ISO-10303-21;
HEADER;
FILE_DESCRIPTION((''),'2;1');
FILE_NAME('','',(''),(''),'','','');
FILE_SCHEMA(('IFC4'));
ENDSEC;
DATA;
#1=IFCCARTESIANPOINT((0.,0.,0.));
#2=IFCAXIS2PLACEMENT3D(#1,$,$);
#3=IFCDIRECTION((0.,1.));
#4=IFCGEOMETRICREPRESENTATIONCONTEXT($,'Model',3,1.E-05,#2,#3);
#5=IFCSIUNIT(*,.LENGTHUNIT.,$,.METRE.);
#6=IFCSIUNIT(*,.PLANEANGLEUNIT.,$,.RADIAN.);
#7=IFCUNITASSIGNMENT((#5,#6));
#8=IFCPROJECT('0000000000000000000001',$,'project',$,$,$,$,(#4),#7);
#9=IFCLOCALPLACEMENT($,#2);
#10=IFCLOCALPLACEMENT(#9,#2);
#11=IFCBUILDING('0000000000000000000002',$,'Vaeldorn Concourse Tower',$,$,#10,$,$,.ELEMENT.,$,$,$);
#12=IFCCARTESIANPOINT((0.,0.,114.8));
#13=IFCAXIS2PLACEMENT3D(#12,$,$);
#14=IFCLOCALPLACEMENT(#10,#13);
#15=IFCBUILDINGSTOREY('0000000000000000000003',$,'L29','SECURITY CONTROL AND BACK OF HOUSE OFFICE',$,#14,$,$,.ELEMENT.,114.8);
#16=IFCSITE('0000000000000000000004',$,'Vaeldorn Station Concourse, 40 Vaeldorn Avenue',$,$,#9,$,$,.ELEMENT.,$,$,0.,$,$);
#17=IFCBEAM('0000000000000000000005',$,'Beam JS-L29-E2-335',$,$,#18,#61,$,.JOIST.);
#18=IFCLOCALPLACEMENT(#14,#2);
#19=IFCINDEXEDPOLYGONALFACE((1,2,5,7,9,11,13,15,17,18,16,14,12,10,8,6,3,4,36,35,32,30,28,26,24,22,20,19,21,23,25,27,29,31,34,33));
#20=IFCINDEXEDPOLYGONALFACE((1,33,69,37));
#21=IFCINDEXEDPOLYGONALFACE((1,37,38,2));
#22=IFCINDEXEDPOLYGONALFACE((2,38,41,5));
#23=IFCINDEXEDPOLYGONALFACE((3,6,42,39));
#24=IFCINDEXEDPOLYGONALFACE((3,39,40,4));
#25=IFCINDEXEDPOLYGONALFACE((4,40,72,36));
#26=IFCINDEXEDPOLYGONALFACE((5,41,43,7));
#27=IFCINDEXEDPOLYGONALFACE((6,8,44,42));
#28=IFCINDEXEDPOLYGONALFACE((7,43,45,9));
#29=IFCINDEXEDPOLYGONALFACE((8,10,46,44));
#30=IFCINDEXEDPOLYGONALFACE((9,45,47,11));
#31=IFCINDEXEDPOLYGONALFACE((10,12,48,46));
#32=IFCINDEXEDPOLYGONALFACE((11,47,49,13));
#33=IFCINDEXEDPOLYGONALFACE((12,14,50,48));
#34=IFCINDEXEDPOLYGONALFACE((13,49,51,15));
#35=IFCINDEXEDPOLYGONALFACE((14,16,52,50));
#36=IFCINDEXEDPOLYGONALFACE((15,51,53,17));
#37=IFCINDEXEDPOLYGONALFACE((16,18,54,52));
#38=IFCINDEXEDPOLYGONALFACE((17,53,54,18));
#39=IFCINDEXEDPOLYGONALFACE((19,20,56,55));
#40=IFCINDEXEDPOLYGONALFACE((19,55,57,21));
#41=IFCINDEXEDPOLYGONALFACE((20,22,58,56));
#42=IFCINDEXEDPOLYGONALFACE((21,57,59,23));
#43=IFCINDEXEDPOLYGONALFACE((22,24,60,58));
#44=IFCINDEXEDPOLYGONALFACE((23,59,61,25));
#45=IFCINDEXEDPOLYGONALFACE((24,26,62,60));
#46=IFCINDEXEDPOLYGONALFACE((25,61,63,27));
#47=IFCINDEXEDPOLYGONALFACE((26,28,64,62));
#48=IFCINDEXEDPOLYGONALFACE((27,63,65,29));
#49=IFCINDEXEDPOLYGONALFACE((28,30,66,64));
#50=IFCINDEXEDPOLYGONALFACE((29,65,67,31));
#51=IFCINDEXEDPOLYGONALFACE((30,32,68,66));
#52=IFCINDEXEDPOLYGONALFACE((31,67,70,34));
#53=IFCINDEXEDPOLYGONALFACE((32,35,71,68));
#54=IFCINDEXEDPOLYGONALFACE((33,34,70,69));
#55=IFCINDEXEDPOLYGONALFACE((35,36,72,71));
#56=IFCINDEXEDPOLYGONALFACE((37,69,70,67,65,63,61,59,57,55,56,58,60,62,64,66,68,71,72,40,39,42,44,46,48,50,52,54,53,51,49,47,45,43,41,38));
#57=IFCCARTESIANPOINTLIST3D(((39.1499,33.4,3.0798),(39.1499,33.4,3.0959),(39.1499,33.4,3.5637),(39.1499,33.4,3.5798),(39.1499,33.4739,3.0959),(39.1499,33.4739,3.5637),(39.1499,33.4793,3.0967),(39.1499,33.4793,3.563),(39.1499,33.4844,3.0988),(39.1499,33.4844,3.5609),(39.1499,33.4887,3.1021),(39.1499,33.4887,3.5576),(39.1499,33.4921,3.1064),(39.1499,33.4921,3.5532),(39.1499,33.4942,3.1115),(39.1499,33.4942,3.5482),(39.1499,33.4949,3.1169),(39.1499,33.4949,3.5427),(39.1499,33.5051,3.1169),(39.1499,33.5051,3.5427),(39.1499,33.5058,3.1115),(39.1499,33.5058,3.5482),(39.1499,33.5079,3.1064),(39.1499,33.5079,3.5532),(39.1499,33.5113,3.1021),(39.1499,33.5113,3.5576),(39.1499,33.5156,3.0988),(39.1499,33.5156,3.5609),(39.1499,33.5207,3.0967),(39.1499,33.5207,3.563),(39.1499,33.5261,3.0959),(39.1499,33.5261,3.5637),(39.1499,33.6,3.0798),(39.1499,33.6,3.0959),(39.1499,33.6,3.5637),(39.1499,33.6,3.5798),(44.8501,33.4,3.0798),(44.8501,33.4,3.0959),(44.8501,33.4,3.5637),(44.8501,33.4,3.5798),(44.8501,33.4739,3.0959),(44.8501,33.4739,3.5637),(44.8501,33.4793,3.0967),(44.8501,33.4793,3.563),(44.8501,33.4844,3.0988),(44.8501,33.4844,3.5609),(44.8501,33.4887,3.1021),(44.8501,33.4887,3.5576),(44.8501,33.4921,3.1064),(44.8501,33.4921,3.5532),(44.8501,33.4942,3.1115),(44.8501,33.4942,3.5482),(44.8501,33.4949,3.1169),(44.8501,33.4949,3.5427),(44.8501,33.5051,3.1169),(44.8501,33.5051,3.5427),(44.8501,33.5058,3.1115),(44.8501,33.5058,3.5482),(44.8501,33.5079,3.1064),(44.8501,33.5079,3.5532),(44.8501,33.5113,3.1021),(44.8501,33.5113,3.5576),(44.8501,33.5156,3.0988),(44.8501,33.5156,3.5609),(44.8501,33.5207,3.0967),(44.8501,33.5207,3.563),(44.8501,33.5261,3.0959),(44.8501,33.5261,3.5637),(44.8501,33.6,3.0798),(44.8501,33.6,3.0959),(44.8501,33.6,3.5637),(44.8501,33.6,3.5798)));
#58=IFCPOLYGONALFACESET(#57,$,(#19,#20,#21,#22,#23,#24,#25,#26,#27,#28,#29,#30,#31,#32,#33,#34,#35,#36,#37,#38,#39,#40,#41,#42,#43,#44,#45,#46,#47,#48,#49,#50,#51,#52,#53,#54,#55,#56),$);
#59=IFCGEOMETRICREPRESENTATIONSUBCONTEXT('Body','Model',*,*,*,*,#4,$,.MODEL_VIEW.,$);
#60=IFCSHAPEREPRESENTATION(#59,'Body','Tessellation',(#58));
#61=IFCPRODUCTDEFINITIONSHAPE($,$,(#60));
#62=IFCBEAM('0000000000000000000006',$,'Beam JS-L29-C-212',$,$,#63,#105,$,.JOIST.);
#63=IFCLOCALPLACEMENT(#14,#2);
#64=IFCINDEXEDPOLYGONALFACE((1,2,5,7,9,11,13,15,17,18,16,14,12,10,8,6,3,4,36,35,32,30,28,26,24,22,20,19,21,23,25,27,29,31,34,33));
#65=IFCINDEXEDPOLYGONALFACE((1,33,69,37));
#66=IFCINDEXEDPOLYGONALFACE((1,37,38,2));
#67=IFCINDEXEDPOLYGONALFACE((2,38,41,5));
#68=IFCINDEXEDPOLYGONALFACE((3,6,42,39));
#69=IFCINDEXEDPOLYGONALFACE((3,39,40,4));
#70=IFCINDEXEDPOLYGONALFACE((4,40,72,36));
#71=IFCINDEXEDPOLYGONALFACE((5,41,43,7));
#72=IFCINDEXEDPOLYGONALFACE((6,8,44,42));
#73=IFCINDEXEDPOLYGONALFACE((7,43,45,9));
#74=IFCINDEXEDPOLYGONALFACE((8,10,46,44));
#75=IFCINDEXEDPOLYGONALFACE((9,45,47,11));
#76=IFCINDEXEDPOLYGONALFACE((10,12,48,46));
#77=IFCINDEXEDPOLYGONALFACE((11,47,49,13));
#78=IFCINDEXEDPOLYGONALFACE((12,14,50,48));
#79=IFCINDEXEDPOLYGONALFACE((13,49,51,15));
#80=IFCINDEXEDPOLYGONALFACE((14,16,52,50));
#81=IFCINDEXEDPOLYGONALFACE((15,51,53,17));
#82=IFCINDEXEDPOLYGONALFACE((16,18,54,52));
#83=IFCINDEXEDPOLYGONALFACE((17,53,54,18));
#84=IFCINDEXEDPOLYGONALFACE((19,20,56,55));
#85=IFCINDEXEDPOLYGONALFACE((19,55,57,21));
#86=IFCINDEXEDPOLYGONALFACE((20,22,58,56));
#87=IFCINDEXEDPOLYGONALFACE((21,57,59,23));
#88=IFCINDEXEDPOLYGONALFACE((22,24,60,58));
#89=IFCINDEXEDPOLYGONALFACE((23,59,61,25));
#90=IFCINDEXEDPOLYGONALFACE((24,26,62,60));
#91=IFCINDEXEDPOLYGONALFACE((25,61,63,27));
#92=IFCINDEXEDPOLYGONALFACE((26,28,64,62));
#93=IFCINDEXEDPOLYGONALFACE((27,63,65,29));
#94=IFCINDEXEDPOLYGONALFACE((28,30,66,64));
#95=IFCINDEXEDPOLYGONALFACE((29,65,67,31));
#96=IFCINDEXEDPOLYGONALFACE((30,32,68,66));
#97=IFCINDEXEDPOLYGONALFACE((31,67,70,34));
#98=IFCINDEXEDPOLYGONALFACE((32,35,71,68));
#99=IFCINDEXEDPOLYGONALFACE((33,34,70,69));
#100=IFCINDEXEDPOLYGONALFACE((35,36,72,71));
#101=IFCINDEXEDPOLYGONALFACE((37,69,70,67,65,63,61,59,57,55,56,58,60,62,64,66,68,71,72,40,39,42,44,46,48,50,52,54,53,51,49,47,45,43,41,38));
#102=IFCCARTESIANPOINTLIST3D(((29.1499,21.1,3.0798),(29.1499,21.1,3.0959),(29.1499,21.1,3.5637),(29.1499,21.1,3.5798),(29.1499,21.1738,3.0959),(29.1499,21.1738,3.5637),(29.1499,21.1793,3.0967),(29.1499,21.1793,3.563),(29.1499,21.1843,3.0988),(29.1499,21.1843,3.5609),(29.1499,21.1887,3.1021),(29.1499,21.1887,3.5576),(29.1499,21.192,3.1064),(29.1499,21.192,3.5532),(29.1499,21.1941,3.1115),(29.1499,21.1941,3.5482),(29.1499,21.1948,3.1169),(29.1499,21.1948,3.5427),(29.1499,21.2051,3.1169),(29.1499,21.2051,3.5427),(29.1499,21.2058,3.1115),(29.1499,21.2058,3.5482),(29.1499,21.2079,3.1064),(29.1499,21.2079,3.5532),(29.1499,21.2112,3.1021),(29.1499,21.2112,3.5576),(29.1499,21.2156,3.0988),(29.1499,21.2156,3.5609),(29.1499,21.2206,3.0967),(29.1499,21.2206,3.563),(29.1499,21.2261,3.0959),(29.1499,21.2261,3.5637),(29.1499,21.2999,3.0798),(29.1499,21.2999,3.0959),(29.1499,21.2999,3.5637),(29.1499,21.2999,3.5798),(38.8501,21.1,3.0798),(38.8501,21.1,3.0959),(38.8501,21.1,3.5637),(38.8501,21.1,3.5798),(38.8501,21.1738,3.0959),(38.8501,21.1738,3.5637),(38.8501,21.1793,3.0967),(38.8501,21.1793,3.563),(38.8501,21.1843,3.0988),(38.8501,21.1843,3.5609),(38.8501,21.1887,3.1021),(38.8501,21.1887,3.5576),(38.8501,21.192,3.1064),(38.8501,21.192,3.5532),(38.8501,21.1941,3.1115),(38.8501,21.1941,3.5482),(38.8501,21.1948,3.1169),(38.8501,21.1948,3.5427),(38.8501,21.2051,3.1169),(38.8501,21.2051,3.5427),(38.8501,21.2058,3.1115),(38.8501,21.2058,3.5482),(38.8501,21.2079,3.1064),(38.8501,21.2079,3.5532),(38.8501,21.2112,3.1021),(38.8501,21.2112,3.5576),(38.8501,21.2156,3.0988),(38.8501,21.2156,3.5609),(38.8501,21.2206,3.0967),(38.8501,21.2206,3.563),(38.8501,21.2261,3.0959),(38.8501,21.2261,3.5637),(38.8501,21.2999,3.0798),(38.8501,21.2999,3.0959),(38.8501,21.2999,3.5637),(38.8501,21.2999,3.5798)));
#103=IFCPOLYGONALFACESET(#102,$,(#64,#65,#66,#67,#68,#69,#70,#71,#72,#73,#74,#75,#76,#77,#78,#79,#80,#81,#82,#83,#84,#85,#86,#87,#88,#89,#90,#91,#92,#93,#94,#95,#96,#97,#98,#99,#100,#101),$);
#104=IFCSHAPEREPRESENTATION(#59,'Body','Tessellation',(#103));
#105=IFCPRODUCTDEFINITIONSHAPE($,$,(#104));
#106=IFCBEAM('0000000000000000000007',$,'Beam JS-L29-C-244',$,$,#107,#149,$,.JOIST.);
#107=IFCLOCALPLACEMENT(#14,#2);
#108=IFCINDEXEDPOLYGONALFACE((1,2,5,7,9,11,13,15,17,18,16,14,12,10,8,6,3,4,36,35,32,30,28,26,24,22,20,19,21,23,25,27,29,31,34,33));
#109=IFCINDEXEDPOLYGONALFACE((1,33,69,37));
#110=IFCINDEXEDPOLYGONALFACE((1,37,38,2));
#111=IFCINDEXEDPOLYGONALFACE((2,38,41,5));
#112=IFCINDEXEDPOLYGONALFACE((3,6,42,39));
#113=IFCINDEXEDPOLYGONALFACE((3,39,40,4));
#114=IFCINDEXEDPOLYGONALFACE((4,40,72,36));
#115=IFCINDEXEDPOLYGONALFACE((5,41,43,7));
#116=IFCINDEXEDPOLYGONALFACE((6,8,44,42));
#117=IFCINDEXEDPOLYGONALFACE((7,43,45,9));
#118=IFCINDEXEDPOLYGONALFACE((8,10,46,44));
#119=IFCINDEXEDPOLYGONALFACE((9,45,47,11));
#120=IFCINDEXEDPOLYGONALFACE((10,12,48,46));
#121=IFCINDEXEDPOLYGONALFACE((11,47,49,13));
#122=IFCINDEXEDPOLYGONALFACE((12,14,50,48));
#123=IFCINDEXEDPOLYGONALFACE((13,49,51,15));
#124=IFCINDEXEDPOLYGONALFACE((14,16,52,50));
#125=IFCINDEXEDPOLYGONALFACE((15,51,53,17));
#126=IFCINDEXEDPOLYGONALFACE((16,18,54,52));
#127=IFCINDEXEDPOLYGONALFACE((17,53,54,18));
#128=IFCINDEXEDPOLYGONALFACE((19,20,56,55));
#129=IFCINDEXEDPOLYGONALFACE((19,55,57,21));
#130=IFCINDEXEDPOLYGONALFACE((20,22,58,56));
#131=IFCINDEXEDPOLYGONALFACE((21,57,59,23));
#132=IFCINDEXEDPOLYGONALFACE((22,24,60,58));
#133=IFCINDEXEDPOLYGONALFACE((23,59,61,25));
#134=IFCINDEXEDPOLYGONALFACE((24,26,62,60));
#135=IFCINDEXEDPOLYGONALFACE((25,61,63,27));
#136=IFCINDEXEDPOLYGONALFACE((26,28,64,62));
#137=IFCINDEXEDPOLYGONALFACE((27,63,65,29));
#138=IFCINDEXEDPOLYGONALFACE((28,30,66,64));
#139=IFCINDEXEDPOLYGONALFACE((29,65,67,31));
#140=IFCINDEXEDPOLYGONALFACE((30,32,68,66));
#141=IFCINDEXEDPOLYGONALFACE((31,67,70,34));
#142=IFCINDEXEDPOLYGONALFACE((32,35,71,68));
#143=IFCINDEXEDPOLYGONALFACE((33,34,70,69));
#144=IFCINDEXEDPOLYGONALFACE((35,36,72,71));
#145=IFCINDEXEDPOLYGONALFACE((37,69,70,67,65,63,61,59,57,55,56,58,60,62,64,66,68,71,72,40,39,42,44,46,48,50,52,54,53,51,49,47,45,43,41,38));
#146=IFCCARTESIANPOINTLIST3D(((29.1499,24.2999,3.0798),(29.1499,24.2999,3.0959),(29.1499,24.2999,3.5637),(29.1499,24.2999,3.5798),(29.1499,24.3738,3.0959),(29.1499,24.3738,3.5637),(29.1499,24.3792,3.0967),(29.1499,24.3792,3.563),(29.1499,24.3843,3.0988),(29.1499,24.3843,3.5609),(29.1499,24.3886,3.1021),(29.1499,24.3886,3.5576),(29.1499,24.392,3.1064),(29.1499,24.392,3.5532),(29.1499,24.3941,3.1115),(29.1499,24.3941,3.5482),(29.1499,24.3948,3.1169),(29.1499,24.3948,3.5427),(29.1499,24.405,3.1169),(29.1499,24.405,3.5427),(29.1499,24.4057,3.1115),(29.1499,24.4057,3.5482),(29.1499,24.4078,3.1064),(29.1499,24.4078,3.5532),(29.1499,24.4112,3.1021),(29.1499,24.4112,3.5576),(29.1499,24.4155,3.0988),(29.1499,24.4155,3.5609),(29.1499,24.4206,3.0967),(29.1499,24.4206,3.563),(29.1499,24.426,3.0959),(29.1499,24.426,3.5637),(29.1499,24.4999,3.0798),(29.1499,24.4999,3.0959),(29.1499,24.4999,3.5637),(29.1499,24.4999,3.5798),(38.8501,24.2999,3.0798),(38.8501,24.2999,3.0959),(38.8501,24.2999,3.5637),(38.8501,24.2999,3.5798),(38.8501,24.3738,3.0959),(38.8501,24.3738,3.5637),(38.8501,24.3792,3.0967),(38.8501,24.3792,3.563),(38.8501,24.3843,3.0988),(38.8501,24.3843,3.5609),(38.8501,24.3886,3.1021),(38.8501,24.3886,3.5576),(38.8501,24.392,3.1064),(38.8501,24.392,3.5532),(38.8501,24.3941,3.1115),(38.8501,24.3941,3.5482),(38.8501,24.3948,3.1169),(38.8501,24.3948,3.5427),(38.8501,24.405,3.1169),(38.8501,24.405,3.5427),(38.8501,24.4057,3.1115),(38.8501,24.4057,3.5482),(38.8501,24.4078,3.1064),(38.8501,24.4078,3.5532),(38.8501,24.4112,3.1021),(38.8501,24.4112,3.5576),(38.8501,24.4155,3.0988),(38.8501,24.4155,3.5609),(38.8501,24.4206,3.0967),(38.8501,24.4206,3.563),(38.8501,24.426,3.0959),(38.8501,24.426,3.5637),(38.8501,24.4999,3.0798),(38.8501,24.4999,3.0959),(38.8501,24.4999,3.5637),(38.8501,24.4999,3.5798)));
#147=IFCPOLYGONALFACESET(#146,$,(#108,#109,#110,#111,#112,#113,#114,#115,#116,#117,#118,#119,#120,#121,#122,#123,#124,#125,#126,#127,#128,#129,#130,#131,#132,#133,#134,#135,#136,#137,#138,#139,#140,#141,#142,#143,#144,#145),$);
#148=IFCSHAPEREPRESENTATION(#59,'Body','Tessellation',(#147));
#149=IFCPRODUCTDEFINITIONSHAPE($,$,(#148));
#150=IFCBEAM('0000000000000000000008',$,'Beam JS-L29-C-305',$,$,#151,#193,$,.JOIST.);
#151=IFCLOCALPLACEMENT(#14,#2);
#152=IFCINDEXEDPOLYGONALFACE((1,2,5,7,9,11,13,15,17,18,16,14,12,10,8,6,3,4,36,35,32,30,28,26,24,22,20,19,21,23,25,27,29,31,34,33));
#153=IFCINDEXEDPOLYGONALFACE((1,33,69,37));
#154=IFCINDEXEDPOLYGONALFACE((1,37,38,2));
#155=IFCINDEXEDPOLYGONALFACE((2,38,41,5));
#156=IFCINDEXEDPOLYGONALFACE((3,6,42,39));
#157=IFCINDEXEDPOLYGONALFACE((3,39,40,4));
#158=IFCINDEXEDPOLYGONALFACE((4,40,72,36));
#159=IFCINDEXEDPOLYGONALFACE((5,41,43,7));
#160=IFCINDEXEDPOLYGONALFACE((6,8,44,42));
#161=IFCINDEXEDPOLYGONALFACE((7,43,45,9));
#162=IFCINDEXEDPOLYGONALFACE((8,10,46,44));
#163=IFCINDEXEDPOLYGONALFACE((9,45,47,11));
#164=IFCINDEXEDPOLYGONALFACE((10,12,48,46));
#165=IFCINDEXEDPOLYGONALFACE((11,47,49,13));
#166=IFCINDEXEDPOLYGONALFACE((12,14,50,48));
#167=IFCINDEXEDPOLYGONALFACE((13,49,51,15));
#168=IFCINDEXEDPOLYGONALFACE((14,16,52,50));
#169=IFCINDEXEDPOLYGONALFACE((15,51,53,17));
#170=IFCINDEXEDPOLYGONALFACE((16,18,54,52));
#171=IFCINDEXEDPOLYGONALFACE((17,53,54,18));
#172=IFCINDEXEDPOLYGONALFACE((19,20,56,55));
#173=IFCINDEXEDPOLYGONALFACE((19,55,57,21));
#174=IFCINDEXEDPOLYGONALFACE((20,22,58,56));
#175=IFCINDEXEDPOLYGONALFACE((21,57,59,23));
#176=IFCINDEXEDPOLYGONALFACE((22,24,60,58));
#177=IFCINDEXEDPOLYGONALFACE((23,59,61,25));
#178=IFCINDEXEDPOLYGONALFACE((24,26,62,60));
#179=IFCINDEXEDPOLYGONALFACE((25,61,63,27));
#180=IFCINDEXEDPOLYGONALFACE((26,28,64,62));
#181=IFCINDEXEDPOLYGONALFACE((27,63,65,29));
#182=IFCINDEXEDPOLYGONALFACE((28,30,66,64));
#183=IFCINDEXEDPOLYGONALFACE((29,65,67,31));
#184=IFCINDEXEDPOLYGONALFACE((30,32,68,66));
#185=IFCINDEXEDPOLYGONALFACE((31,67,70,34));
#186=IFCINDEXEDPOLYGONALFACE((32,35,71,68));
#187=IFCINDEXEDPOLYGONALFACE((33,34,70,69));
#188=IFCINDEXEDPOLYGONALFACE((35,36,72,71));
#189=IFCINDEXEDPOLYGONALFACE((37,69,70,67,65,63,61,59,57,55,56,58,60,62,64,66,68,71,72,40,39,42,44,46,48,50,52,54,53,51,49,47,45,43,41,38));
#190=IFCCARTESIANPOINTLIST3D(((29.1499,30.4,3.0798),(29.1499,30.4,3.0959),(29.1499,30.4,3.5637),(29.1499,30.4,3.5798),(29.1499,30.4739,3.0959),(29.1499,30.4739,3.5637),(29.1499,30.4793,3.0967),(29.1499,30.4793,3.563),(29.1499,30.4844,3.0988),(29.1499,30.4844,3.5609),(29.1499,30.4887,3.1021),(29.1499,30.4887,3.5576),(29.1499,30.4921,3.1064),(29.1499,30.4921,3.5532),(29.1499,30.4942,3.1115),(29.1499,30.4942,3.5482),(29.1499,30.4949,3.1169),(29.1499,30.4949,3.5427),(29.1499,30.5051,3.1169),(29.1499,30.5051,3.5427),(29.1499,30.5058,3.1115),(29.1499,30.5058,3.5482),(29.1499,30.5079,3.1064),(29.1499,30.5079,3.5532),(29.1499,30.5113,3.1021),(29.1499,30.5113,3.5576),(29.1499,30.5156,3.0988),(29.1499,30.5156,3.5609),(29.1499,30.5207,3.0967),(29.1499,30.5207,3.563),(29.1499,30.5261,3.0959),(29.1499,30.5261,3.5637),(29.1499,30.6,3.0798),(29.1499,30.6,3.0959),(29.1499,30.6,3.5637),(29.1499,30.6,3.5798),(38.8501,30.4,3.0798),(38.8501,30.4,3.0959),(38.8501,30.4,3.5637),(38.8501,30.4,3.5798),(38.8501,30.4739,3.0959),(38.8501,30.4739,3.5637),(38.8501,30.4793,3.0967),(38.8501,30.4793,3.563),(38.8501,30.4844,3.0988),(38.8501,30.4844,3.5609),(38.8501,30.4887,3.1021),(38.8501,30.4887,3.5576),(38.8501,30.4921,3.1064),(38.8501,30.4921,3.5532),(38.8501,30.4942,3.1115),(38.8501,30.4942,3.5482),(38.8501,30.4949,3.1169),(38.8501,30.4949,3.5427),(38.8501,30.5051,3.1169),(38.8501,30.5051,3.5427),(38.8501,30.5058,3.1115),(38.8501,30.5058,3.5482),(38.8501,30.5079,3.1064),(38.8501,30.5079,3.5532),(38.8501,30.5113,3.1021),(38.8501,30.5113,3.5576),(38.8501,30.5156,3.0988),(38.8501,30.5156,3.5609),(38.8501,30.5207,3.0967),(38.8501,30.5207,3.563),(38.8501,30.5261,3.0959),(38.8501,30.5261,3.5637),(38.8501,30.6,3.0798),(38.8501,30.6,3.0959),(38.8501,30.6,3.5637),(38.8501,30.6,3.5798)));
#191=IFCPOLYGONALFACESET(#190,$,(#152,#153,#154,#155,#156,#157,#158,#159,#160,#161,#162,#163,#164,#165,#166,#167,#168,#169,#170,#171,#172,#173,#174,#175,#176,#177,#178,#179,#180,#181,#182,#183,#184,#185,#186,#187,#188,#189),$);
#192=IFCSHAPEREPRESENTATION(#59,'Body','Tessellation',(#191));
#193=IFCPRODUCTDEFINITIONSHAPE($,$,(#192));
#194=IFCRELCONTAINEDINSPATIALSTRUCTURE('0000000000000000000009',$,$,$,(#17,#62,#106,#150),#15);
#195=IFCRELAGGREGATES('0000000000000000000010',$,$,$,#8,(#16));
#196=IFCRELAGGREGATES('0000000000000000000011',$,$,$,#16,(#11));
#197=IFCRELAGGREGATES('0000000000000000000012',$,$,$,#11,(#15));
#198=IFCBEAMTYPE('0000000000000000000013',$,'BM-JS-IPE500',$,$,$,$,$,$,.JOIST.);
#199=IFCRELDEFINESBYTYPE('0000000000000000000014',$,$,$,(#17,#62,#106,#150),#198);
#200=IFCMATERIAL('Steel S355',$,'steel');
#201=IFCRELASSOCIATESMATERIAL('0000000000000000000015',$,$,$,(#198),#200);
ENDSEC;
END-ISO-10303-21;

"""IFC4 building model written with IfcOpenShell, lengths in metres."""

from ifc_helpers import new_model, si_unit, direction, frame, origin, origin_2d, place, context, subcontext, project, spatial, i_section, extrude, source, transform, mapped, material, material_profile, profile_set, type_object, element, save


model = new_model("IFC4")

# Units and contexts
model_context = context("Model", 3, precision=1e-05, world=origin(), true_north=direction((0.0, 1.0)))
body_context = subcontext(model_context, "Body", "Model", "MODEL_VIEW")
ifc_project = project(units=[si_unit("LENGTHUNIT", "METRE"), si_unit("PLANEANGLEUNIT", "RADIAN")], contexts=[model_context])

# Site, building, storey
site_placement = place(None, origin())
site = spatial("IfcSite", under=ifc_project, at=site_placement, Name="Vaeldorn Station Concourse, 40 Vaeldorn Avenue", CompositionType="ELEMENT", RefElevation=0.0)
building_placement = place(site_placement, origin())
building = spatial("IfcBuilding", under=site, at=building_placement, Name="Vaeldorn Concourse Tower", CompositionType="ELEMENT")
storey_placement = place(building_placement, frame((0.0, 0.0, 114.8)))
storey = spatial("IfcBuildingStorey", under=building, at=storey_placement, Name="L29", Description="SECURITY CONTROL AND BACK OF HOUSE OFFICE", CompositionType="ELEMENT", Elevation=114.8)

# Beams
ifc_material_1 = material(Name="Steel S355", Category="steel")
ifc_material_profile_1 = material_profile(ifc_material_1, i_section(OverallWidth=0.2, OverallDepth=0.5, WebThickness=0.0103, FlangeThickness=0.0161, FilletRadius=0.021, at=origin_2d()), Name="IPE 500")
ifc_profile_set_1 = profile_set([ifc_material_profile_1], Name="Steel S355")
beam_type_1 = type_object("IfcBeamType", Name="BM-JS-IPE500", PredefinedType="JOIST", material=ifc_profile_set_1)
shared_shape_1 = source(origin(), body_context, "Body", "SweptSolid", [
    extrude(i_section(OverallWidth=0.2, OverallDepth=0.5, WebThickness=0.0103, FlangeThickness=0.0161, FilletRadius=0.021, at=origin_2d()), origin(), (0.0, 0.0, 1.0), 5.7002),
])
for number, where, z_axis, x_axis, name in (
    (1, (39.1499, 33.5, 3.3298), (1.0, 0.0, 0.0), (0.0, 1.0, 0.0), "Beam JS-L29-E2-335"),
):
    element("IfcBeam", number, at=place(storey_placement, frame(where, z_axis=z_axis, x_axis=x_axis)), inside=storey, type_object=beam_type_1, Name=name, PredefinedType="JOIST", context=body_context, shape_type="MappedRepresentation", body=[
        mapped(shared_shape_1, transform((0.0, 0.0, 0.0), scale=1.0)),
    ])
shared_shape_2 = source(origin(), body_context, "Body", "SweptSolid", [
    extrude(i_section(OverallWidth=0.2, OverallDepth=0.5, WebThickness=0.0103, FlangeThickness=0.0161, FilletRadius=0.021, at=origin_2d()), origin(), (0.0, 0.0, 1.0), 9.7002),
])
for number, where, z_axis, x_axis, name in (
    (2, (29.1499, 21.2, 3.3298), (1.0, 0.0, 0.0), (0.0, 1.0, 0.0), "Beam JS-L29-C-212"),
    (3, (29.1499, 24.3999, 3.3298), (1.0, 0.0, 0.0), (0.0, 1.0, 0.0), "Beam JS-L29-C-244"),
    (4, (29.1499, 30.5, 3.3298), (1.0, 0.0, 0.0), (0.0, 1.0, 0.0), "Beam JS-L29-C-305"),
):
    element("IfcBeam", number, at=place(storey_placement, frame(where, z_axis=z_axis, x_axis=x_axis)), inside=storey, type_object=beam_type_1, Name=name, PredefinedType="JOIST", context=body_context, shape_type="MappedRepresentation", body=[
        mapped(shared_shape_2, transform((0.0, 0.0, 0.0), scale=1.0)),
    ])

save(model, "model.ifc")
